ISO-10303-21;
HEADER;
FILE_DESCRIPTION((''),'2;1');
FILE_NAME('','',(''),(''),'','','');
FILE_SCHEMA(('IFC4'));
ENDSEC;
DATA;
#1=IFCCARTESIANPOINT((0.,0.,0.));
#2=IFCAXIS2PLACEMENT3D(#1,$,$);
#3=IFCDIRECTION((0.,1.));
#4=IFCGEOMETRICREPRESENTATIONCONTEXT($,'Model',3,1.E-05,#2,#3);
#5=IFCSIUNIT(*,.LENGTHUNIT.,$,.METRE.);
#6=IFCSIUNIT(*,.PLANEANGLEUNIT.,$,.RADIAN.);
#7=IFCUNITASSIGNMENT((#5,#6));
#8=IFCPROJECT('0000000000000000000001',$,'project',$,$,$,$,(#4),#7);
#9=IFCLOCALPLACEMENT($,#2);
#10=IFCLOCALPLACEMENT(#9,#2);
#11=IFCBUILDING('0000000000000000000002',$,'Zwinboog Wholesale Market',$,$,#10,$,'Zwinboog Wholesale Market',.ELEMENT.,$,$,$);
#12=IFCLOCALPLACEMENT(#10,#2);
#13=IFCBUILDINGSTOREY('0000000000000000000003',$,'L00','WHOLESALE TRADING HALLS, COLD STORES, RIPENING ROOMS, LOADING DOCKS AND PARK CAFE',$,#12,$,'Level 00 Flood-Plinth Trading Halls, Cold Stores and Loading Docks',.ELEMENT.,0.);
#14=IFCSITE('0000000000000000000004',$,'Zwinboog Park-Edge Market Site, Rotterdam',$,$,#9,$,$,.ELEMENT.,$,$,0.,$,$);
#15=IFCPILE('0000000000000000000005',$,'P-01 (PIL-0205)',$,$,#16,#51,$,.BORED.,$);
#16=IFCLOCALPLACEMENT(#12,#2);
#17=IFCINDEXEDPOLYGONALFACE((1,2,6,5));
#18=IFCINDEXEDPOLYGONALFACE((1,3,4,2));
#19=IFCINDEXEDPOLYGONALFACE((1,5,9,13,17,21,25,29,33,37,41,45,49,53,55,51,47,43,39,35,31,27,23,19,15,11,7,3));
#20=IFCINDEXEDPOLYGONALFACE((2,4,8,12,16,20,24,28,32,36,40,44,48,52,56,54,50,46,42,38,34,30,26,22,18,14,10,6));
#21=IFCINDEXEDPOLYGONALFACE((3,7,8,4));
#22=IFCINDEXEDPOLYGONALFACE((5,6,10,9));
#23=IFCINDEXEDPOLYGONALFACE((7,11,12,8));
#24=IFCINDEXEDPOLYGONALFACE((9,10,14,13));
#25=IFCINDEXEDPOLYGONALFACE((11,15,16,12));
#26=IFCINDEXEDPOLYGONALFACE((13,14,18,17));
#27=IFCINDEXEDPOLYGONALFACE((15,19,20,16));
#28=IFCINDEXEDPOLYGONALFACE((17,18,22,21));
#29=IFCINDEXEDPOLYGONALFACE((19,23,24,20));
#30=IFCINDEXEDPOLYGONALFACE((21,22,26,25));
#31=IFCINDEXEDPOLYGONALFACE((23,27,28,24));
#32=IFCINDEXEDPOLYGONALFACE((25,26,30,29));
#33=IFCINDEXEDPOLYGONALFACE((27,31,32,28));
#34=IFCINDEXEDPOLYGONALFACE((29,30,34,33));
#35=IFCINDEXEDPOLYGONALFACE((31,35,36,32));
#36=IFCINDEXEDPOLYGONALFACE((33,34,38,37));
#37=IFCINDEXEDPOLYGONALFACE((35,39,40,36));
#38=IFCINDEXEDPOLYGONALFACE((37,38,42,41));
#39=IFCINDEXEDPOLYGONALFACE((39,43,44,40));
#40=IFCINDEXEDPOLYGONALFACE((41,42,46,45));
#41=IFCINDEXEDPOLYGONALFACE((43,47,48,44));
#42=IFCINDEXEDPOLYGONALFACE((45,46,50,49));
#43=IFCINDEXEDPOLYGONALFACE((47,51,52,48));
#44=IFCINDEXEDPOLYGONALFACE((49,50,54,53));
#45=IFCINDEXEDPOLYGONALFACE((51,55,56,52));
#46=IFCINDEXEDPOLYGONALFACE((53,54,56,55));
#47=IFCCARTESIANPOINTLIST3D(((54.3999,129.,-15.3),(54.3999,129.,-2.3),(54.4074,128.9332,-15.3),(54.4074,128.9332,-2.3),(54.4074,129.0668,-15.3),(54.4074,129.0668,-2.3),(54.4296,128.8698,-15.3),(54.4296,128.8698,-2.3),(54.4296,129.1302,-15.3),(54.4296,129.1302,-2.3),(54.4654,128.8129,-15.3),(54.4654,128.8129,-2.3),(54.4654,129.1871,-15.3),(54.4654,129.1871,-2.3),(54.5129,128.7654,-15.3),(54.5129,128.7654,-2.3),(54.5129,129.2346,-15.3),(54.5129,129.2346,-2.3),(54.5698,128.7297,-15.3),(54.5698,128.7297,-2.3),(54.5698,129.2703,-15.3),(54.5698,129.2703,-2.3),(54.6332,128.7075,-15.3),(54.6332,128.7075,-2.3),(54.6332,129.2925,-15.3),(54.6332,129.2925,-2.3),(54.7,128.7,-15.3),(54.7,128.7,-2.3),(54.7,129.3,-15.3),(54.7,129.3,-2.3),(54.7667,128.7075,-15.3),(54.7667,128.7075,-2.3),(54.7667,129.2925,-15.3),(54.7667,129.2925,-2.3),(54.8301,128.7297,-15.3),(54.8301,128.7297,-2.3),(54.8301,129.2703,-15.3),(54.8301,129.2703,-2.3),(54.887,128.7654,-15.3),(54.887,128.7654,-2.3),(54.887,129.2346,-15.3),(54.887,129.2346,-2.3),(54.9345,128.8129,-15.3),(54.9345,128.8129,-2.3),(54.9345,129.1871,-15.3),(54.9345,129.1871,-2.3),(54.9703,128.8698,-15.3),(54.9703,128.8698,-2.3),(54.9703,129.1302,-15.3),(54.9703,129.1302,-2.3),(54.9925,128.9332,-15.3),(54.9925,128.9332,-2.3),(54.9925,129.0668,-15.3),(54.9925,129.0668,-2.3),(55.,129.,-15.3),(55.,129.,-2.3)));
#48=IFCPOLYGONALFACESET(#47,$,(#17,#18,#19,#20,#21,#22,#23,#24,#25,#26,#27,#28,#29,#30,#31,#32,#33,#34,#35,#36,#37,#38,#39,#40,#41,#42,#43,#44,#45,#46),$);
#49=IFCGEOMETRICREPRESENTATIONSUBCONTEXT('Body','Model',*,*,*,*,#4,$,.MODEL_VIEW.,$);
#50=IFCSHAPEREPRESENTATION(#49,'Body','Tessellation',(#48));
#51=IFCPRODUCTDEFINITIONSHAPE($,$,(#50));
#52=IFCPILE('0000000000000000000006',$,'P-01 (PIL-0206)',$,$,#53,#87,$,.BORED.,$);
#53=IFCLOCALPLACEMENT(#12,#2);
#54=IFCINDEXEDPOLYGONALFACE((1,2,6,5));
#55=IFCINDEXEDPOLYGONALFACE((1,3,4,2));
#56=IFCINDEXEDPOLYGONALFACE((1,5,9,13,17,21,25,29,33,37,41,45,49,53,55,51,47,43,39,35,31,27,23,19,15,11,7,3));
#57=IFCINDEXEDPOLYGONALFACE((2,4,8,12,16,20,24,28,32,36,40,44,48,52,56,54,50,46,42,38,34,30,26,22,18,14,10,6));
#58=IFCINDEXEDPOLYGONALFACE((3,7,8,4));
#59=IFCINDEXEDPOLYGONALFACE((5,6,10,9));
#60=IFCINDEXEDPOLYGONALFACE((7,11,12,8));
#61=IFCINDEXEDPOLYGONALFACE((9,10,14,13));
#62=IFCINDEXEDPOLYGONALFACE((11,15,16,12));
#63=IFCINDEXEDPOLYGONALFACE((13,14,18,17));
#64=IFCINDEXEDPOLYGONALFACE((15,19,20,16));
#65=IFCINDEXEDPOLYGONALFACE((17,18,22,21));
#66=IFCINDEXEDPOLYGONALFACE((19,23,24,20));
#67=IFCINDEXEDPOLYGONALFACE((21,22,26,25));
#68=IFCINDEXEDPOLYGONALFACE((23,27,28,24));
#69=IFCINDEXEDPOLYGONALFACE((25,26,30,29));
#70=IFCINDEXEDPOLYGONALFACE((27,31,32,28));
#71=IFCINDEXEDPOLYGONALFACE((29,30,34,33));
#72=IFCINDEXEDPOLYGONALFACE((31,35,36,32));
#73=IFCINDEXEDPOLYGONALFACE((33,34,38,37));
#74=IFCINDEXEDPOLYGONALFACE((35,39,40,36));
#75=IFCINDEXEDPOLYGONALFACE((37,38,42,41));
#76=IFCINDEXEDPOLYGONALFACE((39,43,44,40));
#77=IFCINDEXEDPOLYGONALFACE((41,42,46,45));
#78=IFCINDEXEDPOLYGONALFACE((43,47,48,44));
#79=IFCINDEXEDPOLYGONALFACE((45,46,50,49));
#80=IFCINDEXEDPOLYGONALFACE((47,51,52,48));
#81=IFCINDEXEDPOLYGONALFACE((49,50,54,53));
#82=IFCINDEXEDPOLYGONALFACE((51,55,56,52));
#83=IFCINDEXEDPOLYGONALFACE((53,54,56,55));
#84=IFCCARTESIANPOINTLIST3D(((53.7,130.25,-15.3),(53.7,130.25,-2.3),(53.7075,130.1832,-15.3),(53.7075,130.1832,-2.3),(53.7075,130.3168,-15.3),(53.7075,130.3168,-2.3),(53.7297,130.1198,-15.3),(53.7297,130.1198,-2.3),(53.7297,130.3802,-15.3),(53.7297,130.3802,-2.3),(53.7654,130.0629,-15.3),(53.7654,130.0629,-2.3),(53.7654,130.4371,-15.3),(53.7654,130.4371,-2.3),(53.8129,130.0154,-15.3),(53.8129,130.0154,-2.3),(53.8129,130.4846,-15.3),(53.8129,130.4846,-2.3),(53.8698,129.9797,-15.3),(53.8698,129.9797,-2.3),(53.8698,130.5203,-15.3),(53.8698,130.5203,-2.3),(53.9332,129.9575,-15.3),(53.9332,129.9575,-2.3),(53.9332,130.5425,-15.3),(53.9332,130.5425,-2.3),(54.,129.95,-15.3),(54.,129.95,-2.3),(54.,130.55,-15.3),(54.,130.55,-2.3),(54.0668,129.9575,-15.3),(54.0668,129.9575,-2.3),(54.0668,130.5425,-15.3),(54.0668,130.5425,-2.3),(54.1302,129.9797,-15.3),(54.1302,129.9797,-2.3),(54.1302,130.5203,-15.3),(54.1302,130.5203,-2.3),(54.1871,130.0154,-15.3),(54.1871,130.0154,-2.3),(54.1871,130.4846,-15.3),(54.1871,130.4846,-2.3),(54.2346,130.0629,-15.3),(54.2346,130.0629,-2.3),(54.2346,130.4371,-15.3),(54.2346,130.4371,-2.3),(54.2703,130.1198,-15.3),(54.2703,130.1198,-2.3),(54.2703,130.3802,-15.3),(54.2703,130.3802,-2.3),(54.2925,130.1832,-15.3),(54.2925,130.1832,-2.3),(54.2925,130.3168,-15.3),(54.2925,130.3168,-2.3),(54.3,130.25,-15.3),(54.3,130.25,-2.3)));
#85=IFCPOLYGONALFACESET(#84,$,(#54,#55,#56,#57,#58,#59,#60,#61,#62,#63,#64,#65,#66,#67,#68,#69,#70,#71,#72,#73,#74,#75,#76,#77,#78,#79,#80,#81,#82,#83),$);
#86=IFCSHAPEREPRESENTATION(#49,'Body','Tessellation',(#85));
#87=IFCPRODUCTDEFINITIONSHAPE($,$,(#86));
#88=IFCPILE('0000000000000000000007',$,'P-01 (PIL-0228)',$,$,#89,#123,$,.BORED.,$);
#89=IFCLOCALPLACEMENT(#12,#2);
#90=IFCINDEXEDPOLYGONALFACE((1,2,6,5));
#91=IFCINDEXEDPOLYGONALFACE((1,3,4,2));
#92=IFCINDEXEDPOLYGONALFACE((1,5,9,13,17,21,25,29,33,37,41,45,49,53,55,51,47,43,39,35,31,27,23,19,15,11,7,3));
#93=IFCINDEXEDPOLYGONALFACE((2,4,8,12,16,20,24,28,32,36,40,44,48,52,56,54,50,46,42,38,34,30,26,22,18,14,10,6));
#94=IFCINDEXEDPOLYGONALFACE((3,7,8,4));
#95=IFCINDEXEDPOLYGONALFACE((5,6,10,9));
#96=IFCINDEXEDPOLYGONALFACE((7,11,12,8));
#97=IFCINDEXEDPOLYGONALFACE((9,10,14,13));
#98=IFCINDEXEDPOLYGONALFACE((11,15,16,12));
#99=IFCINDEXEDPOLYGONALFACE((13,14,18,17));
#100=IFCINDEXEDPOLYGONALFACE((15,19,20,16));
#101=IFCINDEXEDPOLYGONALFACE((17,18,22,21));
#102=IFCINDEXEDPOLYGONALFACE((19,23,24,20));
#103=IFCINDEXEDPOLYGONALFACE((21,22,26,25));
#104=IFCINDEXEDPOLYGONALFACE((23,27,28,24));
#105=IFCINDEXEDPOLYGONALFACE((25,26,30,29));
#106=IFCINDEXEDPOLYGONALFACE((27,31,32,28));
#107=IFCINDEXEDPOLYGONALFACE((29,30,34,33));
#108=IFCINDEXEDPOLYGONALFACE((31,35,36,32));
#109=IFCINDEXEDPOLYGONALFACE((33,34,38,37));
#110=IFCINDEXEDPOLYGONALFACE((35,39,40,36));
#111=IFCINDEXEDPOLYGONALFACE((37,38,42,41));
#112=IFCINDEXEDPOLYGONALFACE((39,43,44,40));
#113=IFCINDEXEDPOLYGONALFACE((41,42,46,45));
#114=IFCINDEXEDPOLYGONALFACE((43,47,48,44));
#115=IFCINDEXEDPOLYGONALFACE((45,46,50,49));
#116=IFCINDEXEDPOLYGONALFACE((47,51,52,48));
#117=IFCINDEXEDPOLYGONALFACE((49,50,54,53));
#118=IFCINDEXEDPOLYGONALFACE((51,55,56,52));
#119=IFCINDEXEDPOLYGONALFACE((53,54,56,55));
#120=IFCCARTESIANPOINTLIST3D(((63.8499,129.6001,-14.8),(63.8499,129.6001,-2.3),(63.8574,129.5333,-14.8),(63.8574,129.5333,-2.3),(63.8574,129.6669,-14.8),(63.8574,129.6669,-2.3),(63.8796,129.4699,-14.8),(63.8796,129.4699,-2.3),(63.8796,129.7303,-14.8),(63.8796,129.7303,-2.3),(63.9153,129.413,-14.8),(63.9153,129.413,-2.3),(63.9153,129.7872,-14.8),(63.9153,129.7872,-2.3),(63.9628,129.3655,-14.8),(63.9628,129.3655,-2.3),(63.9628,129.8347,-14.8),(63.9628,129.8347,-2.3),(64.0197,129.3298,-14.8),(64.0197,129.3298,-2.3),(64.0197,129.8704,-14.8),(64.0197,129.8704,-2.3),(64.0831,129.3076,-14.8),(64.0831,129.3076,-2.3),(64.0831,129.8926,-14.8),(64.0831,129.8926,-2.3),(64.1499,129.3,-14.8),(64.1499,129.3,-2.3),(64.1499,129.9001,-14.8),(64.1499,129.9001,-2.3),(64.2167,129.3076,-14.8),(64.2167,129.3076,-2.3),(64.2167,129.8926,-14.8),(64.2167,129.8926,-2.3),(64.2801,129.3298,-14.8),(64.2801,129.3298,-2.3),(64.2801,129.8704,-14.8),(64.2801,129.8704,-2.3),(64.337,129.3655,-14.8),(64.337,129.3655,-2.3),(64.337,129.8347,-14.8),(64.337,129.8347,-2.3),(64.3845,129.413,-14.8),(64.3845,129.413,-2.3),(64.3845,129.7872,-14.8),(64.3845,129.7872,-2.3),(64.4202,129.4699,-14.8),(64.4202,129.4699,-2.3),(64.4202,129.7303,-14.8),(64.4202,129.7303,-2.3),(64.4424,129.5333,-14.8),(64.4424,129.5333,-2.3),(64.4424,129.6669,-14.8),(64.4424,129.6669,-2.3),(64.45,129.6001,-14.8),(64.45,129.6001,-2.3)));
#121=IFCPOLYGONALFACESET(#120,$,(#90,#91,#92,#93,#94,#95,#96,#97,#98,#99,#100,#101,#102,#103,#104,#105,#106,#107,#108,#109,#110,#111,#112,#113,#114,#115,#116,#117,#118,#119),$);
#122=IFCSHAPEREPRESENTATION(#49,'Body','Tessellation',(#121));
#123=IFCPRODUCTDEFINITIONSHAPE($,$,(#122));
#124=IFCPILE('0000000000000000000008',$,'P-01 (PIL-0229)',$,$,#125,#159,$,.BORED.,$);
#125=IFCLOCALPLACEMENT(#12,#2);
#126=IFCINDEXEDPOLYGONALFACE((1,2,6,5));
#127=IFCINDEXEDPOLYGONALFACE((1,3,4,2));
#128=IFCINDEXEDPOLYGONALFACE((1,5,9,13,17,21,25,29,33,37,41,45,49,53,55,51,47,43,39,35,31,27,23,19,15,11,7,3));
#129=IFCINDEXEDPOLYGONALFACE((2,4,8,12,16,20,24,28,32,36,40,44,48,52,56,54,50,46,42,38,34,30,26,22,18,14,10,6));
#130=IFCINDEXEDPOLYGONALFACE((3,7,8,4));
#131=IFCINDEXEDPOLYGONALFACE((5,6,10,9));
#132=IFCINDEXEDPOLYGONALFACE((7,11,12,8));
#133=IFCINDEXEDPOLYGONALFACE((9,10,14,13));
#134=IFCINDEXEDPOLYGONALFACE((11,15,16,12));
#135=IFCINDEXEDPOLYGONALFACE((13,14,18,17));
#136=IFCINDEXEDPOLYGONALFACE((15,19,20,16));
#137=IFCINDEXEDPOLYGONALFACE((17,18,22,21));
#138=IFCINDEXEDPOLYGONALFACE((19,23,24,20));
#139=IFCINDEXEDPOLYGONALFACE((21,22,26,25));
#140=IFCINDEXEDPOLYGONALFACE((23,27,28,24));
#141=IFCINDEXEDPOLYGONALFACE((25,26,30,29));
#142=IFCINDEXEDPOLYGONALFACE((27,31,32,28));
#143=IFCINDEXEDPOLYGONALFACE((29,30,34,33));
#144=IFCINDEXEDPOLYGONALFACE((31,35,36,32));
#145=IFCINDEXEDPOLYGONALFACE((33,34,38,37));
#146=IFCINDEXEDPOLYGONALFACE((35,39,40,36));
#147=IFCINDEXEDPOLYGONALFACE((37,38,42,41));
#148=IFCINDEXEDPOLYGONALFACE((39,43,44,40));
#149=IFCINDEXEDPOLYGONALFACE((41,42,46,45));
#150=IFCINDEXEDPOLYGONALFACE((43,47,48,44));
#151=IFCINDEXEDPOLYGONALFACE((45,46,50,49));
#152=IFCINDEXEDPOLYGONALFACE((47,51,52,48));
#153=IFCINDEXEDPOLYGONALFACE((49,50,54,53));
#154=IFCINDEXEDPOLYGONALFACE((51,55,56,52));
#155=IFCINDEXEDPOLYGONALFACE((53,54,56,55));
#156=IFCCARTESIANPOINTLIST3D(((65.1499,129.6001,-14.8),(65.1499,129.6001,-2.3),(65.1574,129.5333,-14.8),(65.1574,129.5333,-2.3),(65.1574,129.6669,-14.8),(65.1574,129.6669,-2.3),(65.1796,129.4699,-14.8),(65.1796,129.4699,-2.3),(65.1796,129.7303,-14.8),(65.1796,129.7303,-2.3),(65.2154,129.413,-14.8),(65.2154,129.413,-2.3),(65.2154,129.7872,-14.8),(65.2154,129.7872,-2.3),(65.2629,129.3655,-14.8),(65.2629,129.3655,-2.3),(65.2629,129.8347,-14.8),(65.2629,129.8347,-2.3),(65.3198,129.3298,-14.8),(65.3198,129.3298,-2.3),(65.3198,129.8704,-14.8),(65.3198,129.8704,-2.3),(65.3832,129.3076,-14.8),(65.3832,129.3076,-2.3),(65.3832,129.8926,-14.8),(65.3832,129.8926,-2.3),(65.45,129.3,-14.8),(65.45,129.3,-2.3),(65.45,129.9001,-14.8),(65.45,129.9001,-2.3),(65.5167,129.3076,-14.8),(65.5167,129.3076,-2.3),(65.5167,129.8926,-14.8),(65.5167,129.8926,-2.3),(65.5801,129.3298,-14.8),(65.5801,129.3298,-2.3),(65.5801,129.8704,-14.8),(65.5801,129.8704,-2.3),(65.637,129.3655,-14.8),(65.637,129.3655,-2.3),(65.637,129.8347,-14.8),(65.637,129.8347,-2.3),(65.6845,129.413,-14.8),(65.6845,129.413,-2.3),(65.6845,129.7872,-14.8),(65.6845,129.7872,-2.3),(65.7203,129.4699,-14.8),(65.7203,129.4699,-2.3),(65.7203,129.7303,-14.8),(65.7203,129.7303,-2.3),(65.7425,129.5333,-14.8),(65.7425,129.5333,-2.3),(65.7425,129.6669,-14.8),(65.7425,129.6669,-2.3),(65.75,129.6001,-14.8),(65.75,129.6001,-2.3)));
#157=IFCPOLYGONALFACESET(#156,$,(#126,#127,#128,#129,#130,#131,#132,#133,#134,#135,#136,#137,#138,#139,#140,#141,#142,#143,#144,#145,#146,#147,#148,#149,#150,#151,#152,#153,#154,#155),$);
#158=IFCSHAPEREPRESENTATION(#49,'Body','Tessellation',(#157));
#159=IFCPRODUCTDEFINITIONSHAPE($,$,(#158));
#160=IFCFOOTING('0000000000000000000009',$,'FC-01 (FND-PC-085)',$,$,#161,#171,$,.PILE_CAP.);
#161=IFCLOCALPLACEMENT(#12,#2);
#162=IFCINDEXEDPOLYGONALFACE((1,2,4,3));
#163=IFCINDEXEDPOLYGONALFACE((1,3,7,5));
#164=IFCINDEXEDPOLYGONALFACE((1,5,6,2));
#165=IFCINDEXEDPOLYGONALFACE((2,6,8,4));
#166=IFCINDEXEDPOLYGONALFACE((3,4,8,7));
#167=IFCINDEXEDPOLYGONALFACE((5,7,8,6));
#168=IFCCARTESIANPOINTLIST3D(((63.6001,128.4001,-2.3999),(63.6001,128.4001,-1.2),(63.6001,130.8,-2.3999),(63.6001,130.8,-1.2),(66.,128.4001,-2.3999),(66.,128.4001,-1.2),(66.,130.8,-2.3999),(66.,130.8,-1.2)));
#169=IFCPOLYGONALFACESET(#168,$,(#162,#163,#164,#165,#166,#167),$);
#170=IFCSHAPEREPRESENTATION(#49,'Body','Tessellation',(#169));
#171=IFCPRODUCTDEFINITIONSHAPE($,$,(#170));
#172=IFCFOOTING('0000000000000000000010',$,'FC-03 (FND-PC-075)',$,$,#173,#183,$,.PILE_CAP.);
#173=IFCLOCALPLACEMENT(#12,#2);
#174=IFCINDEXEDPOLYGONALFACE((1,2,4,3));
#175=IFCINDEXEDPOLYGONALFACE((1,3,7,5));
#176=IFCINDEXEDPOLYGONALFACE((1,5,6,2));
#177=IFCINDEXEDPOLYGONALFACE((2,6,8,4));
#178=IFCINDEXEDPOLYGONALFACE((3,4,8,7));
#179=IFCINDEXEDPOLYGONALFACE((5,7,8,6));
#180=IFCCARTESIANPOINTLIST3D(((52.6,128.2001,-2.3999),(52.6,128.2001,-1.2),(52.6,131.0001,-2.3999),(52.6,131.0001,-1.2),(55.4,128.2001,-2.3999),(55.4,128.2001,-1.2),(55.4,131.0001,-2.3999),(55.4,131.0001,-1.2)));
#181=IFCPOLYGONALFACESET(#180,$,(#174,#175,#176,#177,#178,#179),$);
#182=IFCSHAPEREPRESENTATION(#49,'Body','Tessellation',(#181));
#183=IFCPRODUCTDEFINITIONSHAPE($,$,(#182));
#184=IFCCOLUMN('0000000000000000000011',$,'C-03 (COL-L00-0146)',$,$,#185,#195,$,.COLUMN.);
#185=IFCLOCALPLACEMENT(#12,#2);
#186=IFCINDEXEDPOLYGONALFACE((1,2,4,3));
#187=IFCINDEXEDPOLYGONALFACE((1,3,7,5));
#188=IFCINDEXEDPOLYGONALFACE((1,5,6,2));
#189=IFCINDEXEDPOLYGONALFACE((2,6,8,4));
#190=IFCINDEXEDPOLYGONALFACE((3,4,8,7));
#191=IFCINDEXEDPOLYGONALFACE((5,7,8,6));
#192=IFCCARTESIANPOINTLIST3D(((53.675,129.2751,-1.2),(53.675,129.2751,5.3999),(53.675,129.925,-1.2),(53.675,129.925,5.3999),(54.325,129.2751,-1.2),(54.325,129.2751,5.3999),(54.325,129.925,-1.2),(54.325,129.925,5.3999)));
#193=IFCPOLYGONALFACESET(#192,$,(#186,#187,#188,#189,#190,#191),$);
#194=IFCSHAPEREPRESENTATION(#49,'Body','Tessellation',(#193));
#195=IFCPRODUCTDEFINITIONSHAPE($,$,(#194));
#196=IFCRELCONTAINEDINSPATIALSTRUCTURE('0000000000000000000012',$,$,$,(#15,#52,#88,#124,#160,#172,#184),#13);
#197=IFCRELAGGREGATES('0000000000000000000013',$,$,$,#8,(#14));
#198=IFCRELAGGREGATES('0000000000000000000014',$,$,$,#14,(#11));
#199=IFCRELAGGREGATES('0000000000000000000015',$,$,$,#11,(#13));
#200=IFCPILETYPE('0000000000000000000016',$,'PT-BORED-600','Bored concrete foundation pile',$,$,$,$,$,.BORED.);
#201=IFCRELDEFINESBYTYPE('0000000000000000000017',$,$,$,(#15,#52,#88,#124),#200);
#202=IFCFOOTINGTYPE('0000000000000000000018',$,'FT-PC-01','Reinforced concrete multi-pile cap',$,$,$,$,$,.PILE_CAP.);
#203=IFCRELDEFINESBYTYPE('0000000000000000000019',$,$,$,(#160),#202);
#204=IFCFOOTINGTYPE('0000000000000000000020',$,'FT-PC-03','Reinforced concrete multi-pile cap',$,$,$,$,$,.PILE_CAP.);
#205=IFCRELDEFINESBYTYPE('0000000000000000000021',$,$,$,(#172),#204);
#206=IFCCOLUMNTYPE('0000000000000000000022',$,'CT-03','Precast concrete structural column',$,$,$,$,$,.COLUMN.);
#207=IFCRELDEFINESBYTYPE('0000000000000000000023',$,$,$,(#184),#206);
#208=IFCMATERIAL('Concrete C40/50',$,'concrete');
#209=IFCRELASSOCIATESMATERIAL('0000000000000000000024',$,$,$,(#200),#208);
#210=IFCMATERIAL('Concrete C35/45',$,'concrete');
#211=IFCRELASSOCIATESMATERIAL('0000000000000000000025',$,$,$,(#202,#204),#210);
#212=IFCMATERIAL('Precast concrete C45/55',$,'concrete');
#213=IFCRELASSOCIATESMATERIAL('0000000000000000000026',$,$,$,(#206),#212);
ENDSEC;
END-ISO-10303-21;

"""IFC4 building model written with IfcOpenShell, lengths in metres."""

from ifc_helpers import new_model, si_unit, direction, frame, origin, origin_2d, place, context, subcontext, project, spatial, rectangle, circle, extrude, material, material_profile, profile_set, type_object, element, save


model = new_model("IFC4")

# Units and contexts
model_context = context("Model", 3, precision=1e-05, world=origin(), true_north=direction((0.0, 1.0)))
body_context = subcontext(model_context, "Body", "Model", "MODEL_VIEW")
ifc_project = project(units=[si_unit("LENGTHUNIT", "METRE"), si_unit("PLANEANGLEUNIT", "RADIAN")], contexts=[model_context])

# Site, building, storey
site_placement = place(None, origin())
site = spatial("IfcSite", under=ifc_project, at=site_placement, Name="Zwinboog Park-Edge Market Site, Rotterdam", CompositionType="ELEMENT", RefElevation=0.0)
building_placement = place(site_placement, origin())
building = spatial("IfcBuilding", under=site, at=building_placement, Name="Zwinboog Wholesale Market", LongName="Zwinboog Wholesale Market", CompositionType="ELEMENT")
storey_placement = place(building_placement, origin())
storey = spatial("IfcBuildingStorey", under=building, at=storey_placement, Name="L00", Description="WHOLESALE TRADING HALLS, COLD STORES, RIPENING ROOMS, LOADING DOCKS AND PARK CAFE", LongName="Level 00 Flood-Plinth Trading Halls, Cold Stores and Loading Docks", CompositionType="ELEMENT", Elevation=0.0)

# Piles
ifc_material_1 = material(Name="Concrete C40/50", Category="concrete")
ifc_material_profile_1 = material_profile(ifc_material_1, circle(Radius=0.3, at=origin_2d()), Name="PILE D600")
ifc_profile_set_1 = profile_set([ifc_material_profile_1], Name="Concrete C40/50")
pile_type = type_object("IfcPileType", Name="PT-BORED-600", Description="Bored concrete foundation pile", PredefinedType="BORED", material=ifc_profile_set_1)
for number, where, z_axis, x_axis, name in (
    (1, (54.7, 129.0, -2.3), (0.0, 0.0, -1.0), (1.0, 0.0, 0.0), "P-01 (PIL-0205)"),
    (2, (54.0, 130.25, -2.3), (0.0, 0.0, -1.0), (1.0, 0.0, 0.0), "P-01 (PIL-0206)"),
):
    element("IfcPile", number, at=place(storey_placement, frame(where, z_axis=z_axis, x_axis=x_axis)), inside=storey, type_object=pile_type, Name=name, PredefinedType="BORED", context=body_context, shape_type="SweptSolid", body=[
        extrude(circle(Radius=0.3, at=origin_2d()), origin(), (0.0, 0.0, 1.0), 13.0),
    ])
for number, where, z_axis, x_axis, name in (
    (3, (64.1499, 129.6001, -2.3), (0.0, 0.0, -1.0), (1.0, 0.0, 0.0), "P-01 (PIL-0228)"),
    (4, (65.45, 129.6001, -2.3), (0.0, 0.0, -1.0), (1.0, 0.0, 0.0), "P-01 (PIL-0229)"),
):
    element("IfcPile", number, at=place(storey_placement, frame(where, z_axis=z_axis, x_axis=x_axis)), inside=storey, type_object=pile_type, Name=name, PredefinedType="BORED", context=body_context, shape_type="SweptSolid", body=[
        extrude(circle(Radius=0.3, at=origin_2d()), origin(), (0.0, 0.0, 1.0), 12.5),
    ])

# Footings
ifc_material_2 = material(Name="Concrete C35/45", Category="concrete")
footing_type_1 = type_object("IfcFootingType", Name="FT-PC-01", Description="Reinforced concrete multi-pile cap", PredefinedType="PILE_CAP", material=ifc_material_2)
footing_1_placement = place(storey_placement, frame((64.8, 129.6001, -2.3999), z_axis=(0.0, 0.0, 1.0), x_axis=(1.0, 0.0, 0.0)))
element("IfcFooting", 5, at=footing_1_placement, inside=storey, type_object=footing_type_1, Name="FC-01 (FND-PC-085)", PredefinedType="PILE_CAP", context=body_context, shape_type="SweptSolid", body=[
    extrude(rectangle(XDim=2.3999, YDim=2.3999, at=origin_2d()), origin(), (0.0, 0.0, 1.0), 1.2),
])
footing_type_2 = type_object("IfcFootingType", Name="FT-PC-03", Description="Reinforced concrete multi-pile cap", PredefinedType="PILE_CAP", material=ifc_material_2)
footing_2_placement = place(storey_placement, frame((54.0, 129.6001, -2.3999), z_axis=(0.0, 0.0, 1.0), x_axis=(1.0, 0.0, 0.0)))
element("IfcFooting", 6, at=footing_2_placement, inside=storey, type_object=footing_type_2, Name="FC-03 (FND-PC-075)", PredefinedType="PILE_CAP", context=body_context, shape_type="SweptSolid", body=[
    extrude(rectangle(XDim=2.8, YDim=2.8, at=origin_2d()), origin(), (0.0, 0.0, 1.0), 1.2),
])

# Column
ifc_material_3 = material(Name="Precast concrete C45/55", Category="concrete")
ifc_material_profile_2 = material_profile(ifc_material_3, rectangle(XDim=0.6499, YDim=0.6499, at=origin_2d()), Name="PC 650x650")
ifc_profile_set_2 = profile_set([ifc_material_profile_2], Name="Precast concrete C45/55")
column_type = type_object("IfcColumnType", Name="CT-03", Description="Precast concrete structural column", PredefinedType="COLUMN", material=ifc_profile_set_2)
for number, where, z_axis, x_axis, name in (
    (7, (54.0, 129.6001, -1.2), (0.0, 0.0, 1.0), (1.0, 0.0, 0.0), "C-03 (COL-L00-0146)"),
):
    element("IfcColumn", number, at=place(storey_placement, frame(where, z_axis=z_axis, x_axis=x_axis)), inside=storey, type_object=column_type, Name=name, PredefinedType="COLUMN", context=body_context, shape_type="SweptSolid", body=[
        extrude(rectangle(XDim=0.6499, YDim=0.6499, at=origin_2d()), origin(), (0.0, 0.0, 1.0), 6.5999),
    ])

save(model, "model.ifc")
